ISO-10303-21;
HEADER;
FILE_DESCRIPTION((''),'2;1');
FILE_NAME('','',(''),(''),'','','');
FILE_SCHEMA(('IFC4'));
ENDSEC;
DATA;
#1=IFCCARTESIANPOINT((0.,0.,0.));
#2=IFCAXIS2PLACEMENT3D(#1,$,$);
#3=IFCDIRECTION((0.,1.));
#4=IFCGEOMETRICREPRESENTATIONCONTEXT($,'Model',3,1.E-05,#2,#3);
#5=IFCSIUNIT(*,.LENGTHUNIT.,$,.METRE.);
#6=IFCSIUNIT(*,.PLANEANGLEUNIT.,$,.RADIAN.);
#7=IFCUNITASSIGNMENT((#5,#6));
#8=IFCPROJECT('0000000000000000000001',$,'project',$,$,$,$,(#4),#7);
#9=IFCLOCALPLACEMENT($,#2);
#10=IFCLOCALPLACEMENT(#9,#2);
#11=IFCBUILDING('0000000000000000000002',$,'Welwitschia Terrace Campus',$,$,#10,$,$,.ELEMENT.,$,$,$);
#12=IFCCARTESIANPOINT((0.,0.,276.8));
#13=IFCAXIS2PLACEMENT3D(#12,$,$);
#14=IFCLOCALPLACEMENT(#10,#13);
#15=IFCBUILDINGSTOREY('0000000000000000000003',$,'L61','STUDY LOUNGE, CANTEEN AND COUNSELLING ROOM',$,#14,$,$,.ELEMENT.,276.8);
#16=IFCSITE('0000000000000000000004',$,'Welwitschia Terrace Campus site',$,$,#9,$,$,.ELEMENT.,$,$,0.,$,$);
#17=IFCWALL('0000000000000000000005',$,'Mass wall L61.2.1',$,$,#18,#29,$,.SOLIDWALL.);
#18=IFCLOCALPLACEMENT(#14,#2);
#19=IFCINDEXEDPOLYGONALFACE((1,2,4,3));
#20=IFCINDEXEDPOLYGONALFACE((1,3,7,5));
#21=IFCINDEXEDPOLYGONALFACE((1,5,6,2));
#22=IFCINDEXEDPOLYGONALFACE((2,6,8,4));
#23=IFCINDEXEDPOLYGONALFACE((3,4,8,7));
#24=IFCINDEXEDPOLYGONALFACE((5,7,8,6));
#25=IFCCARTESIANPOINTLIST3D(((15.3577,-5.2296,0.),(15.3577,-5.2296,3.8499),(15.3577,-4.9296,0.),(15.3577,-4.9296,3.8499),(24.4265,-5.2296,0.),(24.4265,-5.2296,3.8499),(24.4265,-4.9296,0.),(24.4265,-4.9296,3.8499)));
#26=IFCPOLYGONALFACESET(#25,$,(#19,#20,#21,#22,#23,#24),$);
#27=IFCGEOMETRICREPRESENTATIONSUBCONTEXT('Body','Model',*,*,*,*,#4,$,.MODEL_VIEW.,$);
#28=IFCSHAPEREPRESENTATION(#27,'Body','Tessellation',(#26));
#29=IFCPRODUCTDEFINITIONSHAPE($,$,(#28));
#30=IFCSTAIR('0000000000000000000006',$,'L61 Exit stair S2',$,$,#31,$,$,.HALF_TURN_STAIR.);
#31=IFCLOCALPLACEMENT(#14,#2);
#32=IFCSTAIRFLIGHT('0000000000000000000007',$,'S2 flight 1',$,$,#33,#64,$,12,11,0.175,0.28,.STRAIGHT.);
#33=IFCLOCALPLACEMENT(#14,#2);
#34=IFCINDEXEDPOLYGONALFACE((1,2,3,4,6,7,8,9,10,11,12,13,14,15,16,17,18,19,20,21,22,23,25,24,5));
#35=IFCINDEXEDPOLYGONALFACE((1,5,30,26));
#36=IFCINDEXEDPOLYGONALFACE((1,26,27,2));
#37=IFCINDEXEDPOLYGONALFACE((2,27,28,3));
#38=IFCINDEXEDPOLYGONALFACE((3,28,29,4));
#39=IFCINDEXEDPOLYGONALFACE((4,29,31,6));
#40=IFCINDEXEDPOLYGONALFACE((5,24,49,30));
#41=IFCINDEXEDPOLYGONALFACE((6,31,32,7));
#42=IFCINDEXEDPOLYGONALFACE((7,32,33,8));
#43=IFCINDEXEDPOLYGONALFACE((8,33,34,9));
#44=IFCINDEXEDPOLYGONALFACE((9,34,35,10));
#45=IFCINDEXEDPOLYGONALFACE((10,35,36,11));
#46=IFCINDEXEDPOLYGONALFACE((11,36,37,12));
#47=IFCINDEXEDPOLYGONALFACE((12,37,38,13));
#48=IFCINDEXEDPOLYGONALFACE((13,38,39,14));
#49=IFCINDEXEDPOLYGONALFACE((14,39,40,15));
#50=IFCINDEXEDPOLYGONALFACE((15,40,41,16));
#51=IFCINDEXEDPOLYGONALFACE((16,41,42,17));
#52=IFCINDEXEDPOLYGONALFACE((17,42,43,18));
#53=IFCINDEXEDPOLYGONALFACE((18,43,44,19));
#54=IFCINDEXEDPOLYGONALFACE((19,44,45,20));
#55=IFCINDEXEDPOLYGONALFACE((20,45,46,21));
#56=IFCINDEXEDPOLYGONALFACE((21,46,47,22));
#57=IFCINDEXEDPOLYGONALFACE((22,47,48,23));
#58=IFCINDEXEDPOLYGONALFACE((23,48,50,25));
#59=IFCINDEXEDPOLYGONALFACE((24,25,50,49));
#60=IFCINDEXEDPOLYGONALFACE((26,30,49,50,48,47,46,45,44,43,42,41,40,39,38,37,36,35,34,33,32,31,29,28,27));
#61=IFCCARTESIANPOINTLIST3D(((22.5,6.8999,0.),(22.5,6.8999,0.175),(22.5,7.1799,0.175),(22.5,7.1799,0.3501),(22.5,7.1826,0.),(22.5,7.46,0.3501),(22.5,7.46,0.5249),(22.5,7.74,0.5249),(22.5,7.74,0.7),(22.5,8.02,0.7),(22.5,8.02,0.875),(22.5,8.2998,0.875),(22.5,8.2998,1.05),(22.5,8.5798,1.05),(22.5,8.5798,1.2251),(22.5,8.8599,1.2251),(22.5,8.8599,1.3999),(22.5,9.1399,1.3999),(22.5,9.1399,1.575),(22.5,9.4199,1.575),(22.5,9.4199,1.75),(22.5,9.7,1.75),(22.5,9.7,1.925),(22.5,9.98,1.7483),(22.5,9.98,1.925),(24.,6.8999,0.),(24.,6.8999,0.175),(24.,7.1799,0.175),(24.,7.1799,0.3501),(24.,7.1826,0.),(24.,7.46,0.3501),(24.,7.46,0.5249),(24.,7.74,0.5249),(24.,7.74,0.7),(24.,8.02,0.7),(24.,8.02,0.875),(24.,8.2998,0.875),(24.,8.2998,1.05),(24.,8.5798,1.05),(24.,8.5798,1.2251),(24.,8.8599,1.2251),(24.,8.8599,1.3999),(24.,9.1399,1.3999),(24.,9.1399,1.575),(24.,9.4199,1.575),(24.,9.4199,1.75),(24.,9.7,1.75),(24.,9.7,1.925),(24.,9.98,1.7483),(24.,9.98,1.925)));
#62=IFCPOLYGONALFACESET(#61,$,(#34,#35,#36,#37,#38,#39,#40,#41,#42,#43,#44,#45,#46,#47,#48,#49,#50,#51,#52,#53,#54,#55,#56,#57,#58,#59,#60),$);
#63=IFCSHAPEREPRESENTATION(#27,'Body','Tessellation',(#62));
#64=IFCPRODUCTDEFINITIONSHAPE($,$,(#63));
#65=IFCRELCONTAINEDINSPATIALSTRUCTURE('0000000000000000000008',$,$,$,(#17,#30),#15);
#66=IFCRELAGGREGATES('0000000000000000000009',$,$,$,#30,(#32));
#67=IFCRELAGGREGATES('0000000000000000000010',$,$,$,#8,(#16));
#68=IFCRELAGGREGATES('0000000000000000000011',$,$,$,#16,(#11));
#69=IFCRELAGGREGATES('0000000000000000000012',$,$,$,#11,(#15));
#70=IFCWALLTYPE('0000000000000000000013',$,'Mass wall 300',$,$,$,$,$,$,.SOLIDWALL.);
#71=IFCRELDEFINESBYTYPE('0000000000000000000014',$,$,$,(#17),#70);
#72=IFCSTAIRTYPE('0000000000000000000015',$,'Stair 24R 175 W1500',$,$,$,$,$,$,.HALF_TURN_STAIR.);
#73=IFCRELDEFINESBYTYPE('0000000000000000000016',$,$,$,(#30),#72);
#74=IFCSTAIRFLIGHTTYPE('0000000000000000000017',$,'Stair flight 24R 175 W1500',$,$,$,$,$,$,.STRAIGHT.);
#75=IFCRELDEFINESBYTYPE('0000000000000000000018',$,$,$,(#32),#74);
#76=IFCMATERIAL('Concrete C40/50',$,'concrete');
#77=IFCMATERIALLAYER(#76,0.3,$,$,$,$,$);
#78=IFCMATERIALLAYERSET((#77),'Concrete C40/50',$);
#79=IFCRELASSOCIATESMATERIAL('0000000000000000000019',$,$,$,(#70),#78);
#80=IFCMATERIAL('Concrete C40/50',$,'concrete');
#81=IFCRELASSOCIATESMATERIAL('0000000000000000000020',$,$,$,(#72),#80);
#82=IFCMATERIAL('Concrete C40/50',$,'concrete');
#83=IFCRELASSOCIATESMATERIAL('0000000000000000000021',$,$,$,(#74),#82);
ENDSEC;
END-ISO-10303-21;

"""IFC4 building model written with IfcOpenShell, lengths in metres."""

from ifc_helpers import new_model, si_unit, direction, frame, frame_2d, origin, place, context, subcontext, project, spatial, polyline, rectangle, outline, extrude, material, layer, layer_set, type_object, element, aggregate, save


model = new_model("IFC4")

# Units and contexts
model_context = context("Model", 3, precision=1e-05, world=origin(), true_north=direction((0.0, 1.0)))
body_context = subcontext(model_context, "Body", "Model", "MODEL_VIEW")
ifc_project = project(units=[si_unit("LENGTHUNIT", "METRE"), si_unit("PLANEANGLEUNIT", "RADIAN")], contexts=[model_context])

# Site, building, storey
site_placement = place(None, origin())
site = spatial("IfcSite", under=ifc_project, at=site_placement, Name="Welwitschia Terrace Campus site", CompositionType="ELEMENT", RefElevation=0.0)
building_placement = place(site_placement, origin())
building = spatial("IfcBuilding", under=site, at=building_placement, Name="Welwitschia Terrace Campus", CompositionType="ELEMENT")
storey_placement = place(building_placement, frame((0.0, 0.0, 276.8)))
storey = spatial("IfcBuildingStorey", under=building, at=storey_placement, Name="L61", Description="STUDY LOUNGE, CANTEEN AND COUNSELLING ROOM", CompositionType="ELEMENT", Elevation=276.8)

# Wall
ifc_material_1 = material(Name="Concrete C40/50", Category="concrete")
ifc_layer_1 = layer(ifc_material_1, 0.3)
ifc_layer_set_1 = layer_set([ifc_layer_1], Name="Concrete C40/50")
wall_type_1 = type_object("IfcWallType", Name="Mass wall 300", PredefinedType="SOLIDWALL", material=ifc_layer_set_1)
wall_1_placement = place(storey_placement, frame((15.3577, -5.0796, 0.0), z_axis=(0.0, 0.0, 1.0), x_axis=(1.0, 0.0, 0.0)))
element("IfcWall", 1, at=wall_1_placement, inside=storey, type_object=wall_type_1, Name="Mass wall L61.2.1", PredefinedType="SOLIDWALL", context=body_context, shape_type="SweptSolid", body=[
    extrude(rectangle(XDim=9.0688, YDim=0.3, at=frame_2d((4.5344, 0.0))), origin(), (0.0, 0.0, 1.0), 3.8499),
])

# Stair, stair flight
ifc_material_2 = material(Name="Concrete C40/50", Category="concrete")
stair_type = type_object("IfcStairType", Name="Stair 24R 175 W1500", PredefinedType="HALF_TURN_STAIR", material=ifc_material_2)
stair_placement = place(storey_placement, origin())
stair = element("IfcStair", 2, at=stair_placement, inside=storey, type_object=stair_type, Name="L61 Exit stair S2", PredefinedType="HALF_TURN_STAIR")
ifc_material_3 = material(Name="Concrete C40/50", Category="concrete")
stair_flight_type = type_object("IfcStairFlightType", Name="Stair flight 24R 175 W1500", PredefinedType="STRAIGHT", material=ifc_material_3)
stair_flight_placement = place(storey_placement, frame((23.25, 6.8999, 0.0), z_axis=(0.0, 0.0, 1.0), x_axis=(0.0, 1.0, 0.0)))
stair_flight = element("IfcStairFlight", 3, at=stair_flight_placement, type_object=stair_flight_type, Name="S2 flight 1", NumberOfRisers=12, NumberOfTreads=11, PredefinedType="STRAIGHT", RiserHeight=0.175, TreadLength=0.28, context=body_context, shape_type="SweptSolid", body=[
    extrude(outline(polyline([(0.0, 0.0), (0.0, 0.175), (0.28, 0.175), (0.28, 0.3501), (0.5601, 0.3501), (0.5601, 0.5249), (0.8401, 0.5249), (0.8401, 0.7), (1.1201, 0.7), (1.1201, 0.875), (1.3999, 0.875), (1.3999, 1.05), (1.6799, 1.05), (1.6799, 1.2251), (1.96, 1.2251), (1.96, 1.3999), (2.24, 1.3999), (2.24, 1.575), (2.52, 1.575), (2.52, 1.75), (2.8, 1.75), (2.8, 1.925), (3.0801, 1.925), (3.0801, 2.1001), (3.0801, 1.7483), (0.2827, 0.0), (0.0, 0.0)])), frame((0.0, 0.75, 0.0), z_axis=(0.0, -1.0, 0.0), x_axis=(1.0, 0.0, 0.0)), (0.0, 0.0, 1.0), 1.5),
])
aggregate(stair, [stair_flight])

save(model, "model.ifc")
